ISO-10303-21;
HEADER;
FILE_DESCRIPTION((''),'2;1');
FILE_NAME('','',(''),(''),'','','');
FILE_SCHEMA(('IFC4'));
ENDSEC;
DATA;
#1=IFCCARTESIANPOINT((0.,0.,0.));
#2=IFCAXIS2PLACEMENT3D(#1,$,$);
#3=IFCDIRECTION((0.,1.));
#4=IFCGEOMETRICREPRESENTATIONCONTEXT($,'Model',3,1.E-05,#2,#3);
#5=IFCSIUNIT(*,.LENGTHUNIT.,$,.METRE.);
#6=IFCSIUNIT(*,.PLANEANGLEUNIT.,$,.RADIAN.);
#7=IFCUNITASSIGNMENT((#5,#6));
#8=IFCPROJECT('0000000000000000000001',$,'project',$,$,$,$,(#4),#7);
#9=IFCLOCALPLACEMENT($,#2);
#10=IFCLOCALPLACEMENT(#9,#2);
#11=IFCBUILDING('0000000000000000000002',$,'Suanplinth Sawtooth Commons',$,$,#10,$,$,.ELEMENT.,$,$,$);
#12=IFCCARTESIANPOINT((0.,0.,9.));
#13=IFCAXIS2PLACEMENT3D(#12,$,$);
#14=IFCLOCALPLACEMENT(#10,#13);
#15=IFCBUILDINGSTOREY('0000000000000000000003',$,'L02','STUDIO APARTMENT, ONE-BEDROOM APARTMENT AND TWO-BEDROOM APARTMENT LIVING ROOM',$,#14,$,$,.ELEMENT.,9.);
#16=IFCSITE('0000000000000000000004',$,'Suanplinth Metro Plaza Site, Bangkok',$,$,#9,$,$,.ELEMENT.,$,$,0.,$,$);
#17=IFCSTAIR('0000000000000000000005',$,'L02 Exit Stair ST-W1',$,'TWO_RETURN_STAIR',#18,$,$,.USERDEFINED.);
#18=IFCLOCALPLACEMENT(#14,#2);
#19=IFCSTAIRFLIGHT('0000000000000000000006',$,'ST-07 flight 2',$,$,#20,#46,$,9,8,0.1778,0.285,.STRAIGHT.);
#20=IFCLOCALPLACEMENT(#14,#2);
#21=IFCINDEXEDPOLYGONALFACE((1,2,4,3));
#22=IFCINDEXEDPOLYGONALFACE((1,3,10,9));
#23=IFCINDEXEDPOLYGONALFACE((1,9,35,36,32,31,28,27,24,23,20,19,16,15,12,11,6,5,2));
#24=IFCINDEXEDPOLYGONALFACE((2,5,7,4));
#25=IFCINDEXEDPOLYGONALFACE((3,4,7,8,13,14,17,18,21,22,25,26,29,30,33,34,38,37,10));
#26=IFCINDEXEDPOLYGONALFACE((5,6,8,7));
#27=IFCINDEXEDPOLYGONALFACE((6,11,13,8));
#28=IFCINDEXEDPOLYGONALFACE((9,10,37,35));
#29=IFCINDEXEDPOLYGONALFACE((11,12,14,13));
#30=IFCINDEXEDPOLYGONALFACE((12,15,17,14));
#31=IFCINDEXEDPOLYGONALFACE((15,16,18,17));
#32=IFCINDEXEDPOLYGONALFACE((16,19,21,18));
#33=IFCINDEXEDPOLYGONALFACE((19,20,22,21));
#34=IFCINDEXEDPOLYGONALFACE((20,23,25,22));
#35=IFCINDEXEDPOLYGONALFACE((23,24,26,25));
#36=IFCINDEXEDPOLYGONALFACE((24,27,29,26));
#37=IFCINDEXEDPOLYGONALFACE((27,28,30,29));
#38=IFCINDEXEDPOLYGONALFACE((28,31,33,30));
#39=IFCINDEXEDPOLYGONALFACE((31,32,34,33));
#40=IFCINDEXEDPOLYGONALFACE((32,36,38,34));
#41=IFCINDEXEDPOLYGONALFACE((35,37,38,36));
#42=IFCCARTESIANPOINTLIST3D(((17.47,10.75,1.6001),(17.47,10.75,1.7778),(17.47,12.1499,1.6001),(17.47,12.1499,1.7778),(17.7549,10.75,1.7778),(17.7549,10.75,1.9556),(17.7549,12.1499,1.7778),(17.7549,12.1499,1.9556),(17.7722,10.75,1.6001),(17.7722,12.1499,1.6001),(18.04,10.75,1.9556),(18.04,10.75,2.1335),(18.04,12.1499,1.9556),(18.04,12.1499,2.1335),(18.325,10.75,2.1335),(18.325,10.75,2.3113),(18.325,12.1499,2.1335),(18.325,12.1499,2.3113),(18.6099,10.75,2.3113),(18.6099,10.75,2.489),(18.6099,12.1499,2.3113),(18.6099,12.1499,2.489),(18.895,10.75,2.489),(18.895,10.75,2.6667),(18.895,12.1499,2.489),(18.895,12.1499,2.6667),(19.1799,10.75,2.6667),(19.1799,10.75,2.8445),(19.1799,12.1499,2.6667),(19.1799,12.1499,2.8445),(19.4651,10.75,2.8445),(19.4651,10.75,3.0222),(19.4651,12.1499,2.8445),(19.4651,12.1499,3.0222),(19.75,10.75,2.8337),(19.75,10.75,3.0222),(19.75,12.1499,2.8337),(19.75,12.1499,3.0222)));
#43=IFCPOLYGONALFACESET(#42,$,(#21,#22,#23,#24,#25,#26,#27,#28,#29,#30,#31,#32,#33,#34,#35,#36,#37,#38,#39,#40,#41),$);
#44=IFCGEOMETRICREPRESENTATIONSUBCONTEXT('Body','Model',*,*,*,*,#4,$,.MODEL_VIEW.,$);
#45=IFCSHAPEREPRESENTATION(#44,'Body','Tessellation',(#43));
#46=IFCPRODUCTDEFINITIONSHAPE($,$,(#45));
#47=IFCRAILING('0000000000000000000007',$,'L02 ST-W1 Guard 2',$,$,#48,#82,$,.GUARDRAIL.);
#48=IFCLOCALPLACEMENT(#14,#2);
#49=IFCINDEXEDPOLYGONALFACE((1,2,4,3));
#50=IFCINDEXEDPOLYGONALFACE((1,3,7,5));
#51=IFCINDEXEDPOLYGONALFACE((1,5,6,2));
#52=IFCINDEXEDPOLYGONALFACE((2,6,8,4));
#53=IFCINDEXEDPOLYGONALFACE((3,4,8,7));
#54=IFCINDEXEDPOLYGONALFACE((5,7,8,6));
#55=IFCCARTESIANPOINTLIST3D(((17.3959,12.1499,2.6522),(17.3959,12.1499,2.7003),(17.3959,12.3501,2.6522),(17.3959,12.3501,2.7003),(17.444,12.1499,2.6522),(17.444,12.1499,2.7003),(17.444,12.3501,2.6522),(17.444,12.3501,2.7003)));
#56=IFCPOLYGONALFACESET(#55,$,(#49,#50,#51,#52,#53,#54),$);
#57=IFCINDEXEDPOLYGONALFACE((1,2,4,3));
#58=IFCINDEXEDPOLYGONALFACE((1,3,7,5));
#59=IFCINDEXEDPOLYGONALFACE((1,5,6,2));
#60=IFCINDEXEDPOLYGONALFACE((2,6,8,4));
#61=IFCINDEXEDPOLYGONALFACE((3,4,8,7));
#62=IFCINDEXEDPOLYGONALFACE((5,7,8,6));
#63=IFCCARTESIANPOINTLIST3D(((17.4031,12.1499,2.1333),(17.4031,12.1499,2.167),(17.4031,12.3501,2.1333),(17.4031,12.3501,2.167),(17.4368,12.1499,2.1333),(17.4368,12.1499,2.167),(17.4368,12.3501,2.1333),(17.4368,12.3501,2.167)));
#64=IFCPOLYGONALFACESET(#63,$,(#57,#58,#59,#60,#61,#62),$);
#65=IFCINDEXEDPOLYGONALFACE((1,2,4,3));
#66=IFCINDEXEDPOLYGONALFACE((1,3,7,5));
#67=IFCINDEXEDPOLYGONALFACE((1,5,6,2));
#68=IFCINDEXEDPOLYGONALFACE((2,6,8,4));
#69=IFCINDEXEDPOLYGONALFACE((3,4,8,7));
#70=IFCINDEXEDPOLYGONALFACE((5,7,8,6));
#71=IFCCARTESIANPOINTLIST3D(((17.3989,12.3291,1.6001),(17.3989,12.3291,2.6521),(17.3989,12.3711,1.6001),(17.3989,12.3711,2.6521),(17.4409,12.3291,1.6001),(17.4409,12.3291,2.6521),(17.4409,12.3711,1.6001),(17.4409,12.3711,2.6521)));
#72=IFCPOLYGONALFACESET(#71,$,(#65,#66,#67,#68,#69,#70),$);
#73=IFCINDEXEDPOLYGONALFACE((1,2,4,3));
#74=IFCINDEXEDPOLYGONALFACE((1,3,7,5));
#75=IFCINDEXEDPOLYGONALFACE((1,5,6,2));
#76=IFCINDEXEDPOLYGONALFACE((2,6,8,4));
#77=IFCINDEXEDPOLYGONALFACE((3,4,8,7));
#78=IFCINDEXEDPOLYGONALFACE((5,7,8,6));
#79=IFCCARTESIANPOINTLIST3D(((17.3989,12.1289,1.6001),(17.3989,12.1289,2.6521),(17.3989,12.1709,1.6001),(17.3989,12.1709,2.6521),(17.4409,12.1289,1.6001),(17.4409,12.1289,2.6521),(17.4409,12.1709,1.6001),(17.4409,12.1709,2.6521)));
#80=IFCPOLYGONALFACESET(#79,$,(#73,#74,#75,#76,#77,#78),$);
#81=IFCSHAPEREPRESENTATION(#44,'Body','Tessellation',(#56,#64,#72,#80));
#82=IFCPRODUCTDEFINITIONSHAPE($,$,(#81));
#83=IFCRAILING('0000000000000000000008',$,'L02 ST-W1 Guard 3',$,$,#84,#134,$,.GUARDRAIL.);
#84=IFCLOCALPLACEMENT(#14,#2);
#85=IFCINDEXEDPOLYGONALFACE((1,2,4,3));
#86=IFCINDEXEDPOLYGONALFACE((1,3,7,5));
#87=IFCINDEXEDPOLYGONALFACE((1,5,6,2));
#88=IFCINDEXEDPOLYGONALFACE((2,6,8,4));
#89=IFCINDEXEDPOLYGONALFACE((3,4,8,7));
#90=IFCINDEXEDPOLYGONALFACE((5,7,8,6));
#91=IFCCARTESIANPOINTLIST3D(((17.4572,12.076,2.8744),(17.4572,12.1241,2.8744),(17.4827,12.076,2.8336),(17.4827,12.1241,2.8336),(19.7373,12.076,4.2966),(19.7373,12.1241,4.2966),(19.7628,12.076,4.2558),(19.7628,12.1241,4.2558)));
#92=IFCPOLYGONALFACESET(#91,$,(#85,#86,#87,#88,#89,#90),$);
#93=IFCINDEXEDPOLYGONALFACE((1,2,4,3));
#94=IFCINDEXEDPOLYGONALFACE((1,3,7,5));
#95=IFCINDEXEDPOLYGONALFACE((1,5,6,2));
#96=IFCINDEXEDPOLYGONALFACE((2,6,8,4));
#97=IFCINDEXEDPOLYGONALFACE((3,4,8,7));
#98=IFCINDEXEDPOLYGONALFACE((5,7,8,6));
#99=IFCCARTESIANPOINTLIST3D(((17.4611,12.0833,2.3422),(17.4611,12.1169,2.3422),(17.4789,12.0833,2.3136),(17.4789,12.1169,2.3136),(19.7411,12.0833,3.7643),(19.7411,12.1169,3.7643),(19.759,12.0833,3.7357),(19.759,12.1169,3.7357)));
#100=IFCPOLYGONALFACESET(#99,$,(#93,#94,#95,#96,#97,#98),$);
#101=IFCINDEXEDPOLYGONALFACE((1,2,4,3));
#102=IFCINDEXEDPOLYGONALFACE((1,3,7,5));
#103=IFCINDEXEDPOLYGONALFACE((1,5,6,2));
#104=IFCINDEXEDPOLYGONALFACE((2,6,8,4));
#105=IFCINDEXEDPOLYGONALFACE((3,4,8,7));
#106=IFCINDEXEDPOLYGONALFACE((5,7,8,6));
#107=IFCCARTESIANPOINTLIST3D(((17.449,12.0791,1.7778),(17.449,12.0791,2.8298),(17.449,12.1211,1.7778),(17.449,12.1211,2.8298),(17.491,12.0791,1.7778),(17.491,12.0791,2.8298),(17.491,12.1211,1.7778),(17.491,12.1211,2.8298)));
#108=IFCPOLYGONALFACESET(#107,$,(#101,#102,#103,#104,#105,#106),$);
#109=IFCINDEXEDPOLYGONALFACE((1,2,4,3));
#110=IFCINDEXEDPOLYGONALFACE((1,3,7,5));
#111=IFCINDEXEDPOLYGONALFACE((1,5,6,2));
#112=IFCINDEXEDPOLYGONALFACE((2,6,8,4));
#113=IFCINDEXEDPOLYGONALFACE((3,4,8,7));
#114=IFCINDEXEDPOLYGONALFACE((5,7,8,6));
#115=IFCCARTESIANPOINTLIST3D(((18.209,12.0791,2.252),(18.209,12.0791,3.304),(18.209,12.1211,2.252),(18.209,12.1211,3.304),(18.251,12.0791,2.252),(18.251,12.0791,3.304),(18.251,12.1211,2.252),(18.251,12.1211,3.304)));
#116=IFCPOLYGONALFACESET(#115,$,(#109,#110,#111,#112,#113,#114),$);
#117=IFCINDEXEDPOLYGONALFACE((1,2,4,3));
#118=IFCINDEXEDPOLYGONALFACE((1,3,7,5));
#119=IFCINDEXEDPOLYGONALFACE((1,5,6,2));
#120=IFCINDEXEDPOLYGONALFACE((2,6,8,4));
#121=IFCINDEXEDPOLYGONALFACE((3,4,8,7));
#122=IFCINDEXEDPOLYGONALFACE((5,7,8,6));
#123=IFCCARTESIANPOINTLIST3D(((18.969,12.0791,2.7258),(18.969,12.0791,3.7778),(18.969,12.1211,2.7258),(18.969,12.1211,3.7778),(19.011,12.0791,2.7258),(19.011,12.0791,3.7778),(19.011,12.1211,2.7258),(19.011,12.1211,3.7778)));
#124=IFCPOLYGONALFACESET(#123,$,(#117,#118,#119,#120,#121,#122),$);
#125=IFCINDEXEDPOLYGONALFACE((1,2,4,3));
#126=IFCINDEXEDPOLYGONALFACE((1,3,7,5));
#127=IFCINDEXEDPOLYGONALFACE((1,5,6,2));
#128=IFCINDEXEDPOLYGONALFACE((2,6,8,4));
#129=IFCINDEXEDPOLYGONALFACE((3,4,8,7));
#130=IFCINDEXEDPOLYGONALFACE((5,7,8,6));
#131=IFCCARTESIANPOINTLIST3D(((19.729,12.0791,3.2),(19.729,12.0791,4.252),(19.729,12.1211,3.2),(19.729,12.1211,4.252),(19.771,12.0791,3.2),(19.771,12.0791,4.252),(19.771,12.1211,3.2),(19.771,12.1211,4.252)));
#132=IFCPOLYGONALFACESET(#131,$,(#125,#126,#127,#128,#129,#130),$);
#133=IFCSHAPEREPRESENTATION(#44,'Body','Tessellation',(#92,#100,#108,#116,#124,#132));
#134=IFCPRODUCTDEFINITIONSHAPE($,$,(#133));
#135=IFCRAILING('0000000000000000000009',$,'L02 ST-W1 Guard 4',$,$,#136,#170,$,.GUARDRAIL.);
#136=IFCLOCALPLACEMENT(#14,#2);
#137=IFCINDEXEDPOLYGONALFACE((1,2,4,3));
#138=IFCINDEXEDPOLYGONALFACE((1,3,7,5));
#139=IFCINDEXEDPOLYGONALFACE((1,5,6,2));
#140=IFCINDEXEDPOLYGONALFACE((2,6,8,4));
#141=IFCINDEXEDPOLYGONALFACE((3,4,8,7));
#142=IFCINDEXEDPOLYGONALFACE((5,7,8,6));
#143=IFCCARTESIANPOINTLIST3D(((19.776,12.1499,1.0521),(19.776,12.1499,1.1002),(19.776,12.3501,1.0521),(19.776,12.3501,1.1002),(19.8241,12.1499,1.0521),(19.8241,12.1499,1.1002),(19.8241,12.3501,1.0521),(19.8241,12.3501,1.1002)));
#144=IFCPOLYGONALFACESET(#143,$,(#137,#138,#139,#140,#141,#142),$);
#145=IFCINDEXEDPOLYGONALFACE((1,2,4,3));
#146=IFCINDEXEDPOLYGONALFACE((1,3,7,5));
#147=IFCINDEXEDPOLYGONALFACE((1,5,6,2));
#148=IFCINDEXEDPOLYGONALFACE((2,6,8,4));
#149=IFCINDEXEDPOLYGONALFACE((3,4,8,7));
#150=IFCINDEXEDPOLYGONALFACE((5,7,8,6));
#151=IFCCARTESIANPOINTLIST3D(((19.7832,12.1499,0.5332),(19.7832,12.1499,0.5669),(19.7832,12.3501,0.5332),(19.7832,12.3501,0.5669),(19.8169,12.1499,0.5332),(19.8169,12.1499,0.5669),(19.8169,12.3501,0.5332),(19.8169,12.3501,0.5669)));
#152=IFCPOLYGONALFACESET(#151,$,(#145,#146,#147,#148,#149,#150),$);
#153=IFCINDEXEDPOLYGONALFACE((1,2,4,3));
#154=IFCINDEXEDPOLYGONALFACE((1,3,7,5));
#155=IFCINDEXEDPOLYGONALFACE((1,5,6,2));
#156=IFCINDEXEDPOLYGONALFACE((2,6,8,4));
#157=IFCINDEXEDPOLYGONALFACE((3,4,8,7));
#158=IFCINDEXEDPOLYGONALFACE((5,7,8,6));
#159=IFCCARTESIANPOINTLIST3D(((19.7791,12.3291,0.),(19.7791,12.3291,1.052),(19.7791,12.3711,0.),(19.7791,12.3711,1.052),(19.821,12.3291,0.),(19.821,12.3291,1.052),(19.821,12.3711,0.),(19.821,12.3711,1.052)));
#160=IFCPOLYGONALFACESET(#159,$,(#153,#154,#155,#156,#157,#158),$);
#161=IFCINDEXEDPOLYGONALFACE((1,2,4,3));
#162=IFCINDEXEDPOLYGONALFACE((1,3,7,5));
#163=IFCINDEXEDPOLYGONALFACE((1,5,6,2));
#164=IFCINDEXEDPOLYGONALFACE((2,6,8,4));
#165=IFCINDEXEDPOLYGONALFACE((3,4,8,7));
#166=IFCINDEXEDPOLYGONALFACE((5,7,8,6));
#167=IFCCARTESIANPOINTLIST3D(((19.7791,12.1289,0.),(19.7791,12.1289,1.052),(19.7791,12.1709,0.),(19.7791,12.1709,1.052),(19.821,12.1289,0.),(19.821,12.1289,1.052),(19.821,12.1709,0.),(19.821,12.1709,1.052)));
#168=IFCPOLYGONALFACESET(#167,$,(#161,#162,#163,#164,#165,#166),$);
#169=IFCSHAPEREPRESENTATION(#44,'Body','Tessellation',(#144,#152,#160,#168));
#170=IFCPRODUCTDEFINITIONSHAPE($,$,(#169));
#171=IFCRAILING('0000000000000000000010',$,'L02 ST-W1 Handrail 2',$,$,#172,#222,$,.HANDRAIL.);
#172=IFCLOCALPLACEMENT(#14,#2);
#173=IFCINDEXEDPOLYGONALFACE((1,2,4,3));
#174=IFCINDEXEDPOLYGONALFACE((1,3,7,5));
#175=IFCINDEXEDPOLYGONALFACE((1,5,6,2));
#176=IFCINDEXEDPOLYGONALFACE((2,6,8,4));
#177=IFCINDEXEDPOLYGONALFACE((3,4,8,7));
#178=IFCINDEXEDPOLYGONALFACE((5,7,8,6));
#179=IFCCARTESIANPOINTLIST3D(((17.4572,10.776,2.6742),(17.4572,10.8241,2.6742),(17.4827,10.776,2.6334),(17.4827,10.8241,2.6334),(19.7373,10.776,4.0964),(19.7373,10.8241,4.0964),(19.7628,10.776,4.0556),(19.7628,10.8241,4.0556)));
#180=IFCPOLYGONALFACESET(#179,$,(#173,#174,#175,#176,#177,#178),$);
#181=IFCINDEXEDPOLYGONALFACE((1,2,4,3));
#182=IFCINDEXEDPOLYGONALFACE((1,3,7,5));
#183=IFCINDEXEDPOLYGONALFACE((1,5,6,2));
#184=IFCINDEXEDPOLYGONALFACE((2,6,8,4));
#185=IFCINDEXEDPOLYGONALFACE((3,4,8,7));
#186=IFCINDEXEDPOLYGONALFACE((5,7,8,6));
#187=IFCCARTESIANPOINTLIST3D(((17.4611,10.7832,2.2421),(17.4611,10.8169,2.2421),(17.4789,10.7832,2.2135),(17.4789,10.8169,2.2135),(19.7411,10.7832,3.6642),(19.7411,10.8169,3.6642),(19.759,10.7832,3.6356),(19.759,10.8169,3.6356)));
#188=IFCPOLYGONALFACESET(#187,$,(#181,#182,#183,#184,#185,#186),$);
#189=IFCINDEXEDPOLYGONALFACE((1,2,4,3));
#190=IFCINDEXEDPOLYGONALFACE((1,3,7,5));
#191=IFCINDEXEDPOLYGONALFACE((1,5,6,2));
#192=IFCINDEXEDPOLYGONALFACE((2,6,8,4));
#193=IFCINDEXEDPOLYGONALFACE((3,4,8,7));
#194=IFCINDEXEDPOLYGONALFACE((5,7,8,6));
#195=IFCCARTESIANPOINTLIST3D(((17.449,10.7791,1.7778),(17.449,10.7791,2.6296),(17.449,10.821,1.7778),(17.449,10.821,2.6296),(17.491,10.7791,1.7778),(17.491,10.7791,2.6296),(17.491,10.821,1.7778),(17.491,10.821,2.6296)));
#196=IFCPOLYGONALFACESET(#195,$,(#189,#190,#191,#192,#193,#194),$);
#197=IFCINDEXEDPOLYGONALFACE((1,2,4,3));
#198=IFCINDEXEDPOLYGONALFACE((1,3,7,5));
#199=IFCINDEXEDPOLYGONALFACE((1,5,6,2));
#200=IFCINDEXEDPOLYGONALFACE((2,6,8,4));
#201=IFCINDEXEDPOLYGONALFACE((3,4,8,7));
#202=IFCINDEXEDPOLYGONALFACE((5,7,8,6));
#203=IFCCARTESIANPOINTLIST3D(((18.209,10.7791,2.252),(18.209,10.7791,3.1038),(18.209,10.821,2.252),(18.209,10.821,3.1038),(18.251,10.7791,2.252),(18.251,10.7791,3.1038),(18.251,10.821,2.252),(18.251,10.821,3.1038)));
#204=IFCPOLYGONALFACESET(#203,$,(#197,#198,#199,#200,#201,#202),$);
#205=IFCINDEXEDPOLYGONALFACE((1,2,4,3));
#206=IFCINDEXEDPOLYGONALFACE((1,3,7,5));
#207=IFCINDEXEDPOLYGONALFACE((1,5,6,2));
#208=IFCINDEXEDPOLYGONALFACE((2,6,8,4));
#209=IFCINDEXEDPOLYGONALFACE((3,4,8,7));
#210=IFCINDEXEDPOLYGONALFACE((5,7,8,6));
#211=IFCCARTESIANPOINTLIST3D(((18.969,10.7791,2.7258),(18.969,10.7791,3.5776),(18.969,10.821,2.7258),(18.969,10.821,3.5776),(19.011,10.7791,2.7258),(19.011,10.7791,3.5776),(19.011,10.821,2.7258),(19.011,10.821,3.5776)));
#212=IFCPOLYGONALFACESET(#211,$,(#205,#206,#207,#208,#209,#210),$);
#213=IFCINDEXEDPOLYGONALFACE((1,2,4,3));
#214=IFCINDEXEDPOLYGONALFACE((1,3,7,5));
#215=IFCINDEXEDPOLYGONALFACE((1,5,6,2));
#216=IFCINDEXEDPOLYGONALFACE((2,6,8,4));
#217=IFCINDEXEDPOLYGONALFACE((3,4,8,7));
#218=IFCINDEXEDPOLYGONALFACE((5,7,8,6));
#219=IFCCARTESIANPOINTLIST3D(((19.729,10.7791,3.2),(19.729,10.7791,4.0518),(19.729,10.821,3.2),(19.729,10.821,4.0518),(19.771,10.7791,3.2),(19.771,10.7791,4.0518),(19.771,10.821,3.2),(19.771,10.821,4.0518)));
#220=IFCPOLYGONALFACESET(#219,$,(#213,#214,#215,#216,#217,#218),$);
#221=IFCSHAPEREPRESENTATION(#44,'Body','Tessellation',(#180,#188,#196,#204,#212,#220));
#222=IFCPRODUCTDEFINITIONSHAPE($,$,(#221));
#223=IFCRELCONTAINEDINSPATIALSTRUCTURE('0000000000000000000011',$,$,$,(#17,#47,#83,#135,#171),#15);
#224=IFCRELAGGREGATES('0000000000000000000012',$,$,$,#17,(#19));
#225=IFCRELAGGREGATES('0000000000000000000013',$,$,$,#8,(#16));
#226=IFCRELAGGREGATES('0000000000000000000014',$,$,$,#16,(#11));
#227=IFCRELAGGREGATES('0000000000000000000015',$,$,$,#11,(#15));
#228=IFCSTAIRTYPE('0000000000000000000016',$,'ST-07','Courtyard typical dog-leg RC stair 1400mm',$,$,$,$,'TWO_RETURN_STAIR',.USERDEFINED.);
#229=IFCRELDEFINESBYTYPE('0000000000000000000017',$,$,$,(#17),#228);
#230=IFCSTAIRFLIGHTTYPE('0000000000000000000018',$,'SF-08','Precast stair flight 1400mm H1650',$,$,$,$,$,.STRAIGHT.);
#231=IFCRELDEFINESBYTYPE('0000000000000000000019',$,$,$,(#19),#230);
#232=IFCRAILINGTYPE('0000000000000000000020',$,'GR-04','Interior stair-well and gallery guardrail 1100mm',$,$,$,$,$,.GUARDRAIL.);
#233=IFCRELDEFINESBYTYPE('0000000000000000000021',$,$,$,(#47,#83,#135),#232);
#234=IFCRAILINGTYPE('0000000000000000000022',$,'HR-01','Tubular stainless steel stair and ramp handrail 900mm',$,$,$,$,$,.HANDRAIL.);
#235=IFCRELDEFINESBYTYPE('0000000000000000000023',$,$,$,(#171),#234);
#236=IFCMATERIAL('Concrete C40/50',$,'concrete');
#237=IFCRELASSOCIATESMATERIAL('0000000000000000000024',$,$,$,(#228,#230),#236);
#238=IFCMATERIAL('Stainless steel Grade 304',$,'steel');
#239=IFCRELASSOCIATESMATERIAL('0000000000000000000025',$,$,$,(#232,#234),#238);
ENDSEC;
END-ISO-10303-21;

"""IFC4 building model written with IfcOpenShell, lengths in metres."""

from ifc_helpers import new_model, si_unit, direction, frame, origin, origin_2d, place, context, subcontext, project, spatial, polyline, rectangle, outline, extrude, material, type_object, element, aggregate, save


model = new_model("IFC4")

# Units and contexts
model_context = context("Model", 3, precision=1e-05, world=origin(), true_north=direction((0.0, 1.0)))
body_context = subcontext(model_context, "Body", "Model", "MODEL_VIEW")
ifc_project = project(units=[si_unit("LENGTHUNIT", "METRE"), si_unit("PLANEANGLEUNIT", "RADIAN")], contexts=[model_context])

# Site, building, storey
site_placement = place(None, origin())
site = spatial("IfcSite", under=ifc_project, at=site_placement, Name="Suanplinth Metro Plaza Site, Bangkok", CompositionType="ELEMENT", RefElevation=0.0)
building_placement = place(site_placement, origin())
building = spatial("IfcBuilding", under=site, at=building_placement, Name="Suanplinth Sawtooth Commons", CompositionType="ELEMENT")
storey_placement = place(building_placement, frame((0.0, 0.0, 9.0)))
storey = spatial("IfcBuildingStorey", under=building, at=storey_placement, Name="L02", Description="STUDIO APARTMENT, ONE-BEDROOM APARTMENT AND TWO-BEDROOM APARTMENT LIVING ROOM", CompositionType="ELEMENT", Elevation=9.0)

# Shared definitions
ifc_material_1 = material(Name="Concrete C40/50", Category="concrete")

# Shared definitions
ifc_material_2 = material(Name="Stainless steel Grade 304", Category="steel")

# Stair, stair flight
stair_type = type_object("IfcStairType", Name="ST-07", Description="Courtyard typical dog-leg RC stair 1400mm", ElementType="TWO_RETURN_STAIR", PredefinedType="USERDEFINED", material=ifc_material_1)
stair_placement = place(storey_placement, origin())
stair = element("IfcStair", 1, at=stair_placement, inside=storey, type_object=stair_type, Name="L02 Exit Stair ST-W1", ObjectType="TWO_RETURN_STAIR", PredefinedType="USERDEFINED")
stair_flight_type = type_object("IfcStairFlightType", Name="SF-08", Description="Precast stair flight 1400mm H1650", PredefinedType="STRAIGHT", material=ifc_material_1)
stair_flight_placement = place(storey_placement, frame((17.47, 11.45, 1.6001), z_axis=(0.0, 0.0, 1.0), x_axis=(1.0, 0.0, 0.0)))
stair_flight = element("IfcStairFlight", 2, at=stair_flight_placement, type_object=stair_flight_type, Name="ST-07 flight 2", NumberOfRisers=9, NumberOfTreads=8, PredefinedType="STRAIGHT", RiserHeight=0.1778, TreadLength=0.285, context=body_context, shape_type="SweptSolid", body=[
    extrude(outline(polyline([(0.0, 0.0), (0.0, 0.1777), (0.2849, 0.1777), (0.2849, 0.3555), (0.5701, 0.3555), (0.5701, 0.5334), (0.855, 0.5334), (0.855, 0.7112), (1.1399, 0.7112), (1.1399, 0.8889), (1.425, 0.8889), (1.425, 1.0667), (1.71, 1.0667), (1.71, 1.2444), (1.9951, 1.2444), (1.9951, 1.4221), (2.28, 1.4221), (2.28, 1.6001), (2.28, 1.2336), (0.3022, 0.0), (0.0, 0.0)])), frame((0.0, 0.7, 0.0), z_axis=(0.0, -1.0, 0.0), x_axis=(1.0, 0.0, 0.0)), (0.0, 0.0, 1.0), 1.3999),
])
aggregate(stair, [stair_flight])

# Railings
railing_type_1 = type_object("IfcRailingType", Name="GR-04", Description="Interior stair-well and gallery guardrail 1100mm", PredefinedType="GUARDRAIL", material=ifc_material_2)
railing_1_placement = place(storey_placement, frame((17.4199, 12.3501, 1.6001)))
element("IfcRailing", 3, at=railing_1_placement, inside=storey, type_object=railing_type_1, Name="L02 ST-W1 Guard 2", PredefinedType="GUARDRAIL", context=body_context, shape_type="SweptSolid", body=[
    extrude(rectangle(XDim=0.0481, YDim=0.0481, at=origin_2d()), frame((0.0, 0.0, 1.0762), z_axis=(0.0, -1.0, 0.0), x_axis=(1.0, 0.0, 0.0)), (0.0, 0.0, 1.0), 0.2002),
    extrude(rectangle(XDim=0.0337, YDim=0.0337, at=origin_2d()), frame((0.0, 0.0, 0.55), z_axis=(0.0, -1.0, 0.0), x_axis=(1.0, 0.0, 0.0)), (0.0, 0.0, 1.0), 0.2002),
    extrude(rectangle(XDim=0.042, YDim=0.042, at=origin_2d()), origin(), (0.0, 0.0, 1.0), 1.052),
    extrude(rectangle(XDim=0.042, YDim=0.042, at=origin_2d()), frame((0.0, -0.2002, 0.0)), (0.0, 0.0, 1.0), 1.052),
])
railing_2_placement = place(storey_placement, frame((17.47, 12.1001, 1.7778)))
element("IfcRailing", 4, at=railing_2_placement, inside=storey, type_object=railing_type_1, Name="L02 ST-W1 Guard 3", PredefinedType="GUARDRAIL", context=body_context, shape_type="SweptSolid", body=[
    extrude(rectangle(XDim=0.0481, YDim=0.0481, at=origin_2d()), frame((0.0, 0.0, 1.0762), z_axis=(0.848483, 0.0, 0.529223), x_axis=(0.0, 1.0, 0.0)), (0.0, 0.0, 1.0), 2.6873),
    extrude(rectangle(XDim=0.0337, YDim=0.0337, at=origin_2d()), frame((0.0, 0.0, 0.55), z_axis=(0.848483, 0.0, 0.529223), x_axis=(0.0, 1.0, 0.0)), (0.0, 0.0, 1.0), 2.6873),
    extrude(rectangle(XDim=0.042, YDim=0.042, at=origin_2d()), origin(), (0.0, 0.0, 1.0), 1.052),
    extrude(rectangle(XDim=0.042, YDim=0.042, at=origin_2d()), frame((0.76, 0.0, 0.4741)), (0.0, 0.0, 1.0), 1.052),
    extrude(rectangle(XDim=0.042, YDim=0.042, at=origin_2d()), frame((1.52, 0.0, 0.948)), (0.0, 0.0, 1.0), 1.052),
    extrude(rectangle(XDim=0.042, YDim=0.042, at=origin_2d()), frame((2.28, 0.0, 1.4221)), (0.0, 0.0, 1.0), 1.052),
])
railing_3_placement = place(storey_placement, frame((19.8, 12.3501, 0.0)))
element("IfcRailing", 5, at=railing_3_placement, inside=storey, type_object=railing_type_1, Name="L02 ST-W1 Guard 4", PredefinedType="GUARDRAIL", context=body_context, shape_type="SweptSolid", body=[
    extrude(rectangle(XDim=0.0481, YDim=0.0481, at=origin_2d()), frame((0.0, 0.0, 1.0762), z_axis=(0.0, -1.0, 0.0), x_axis=(1.0, 0.0, 0.0)), (0.0, 0.0, 1.0), 0.2002),
    extrude(rectangle(XDim=0.0337, YDim=0.0337, at=origin_2d()), frame((0.0, 0.0, 0.55), z_axis=(0.0, -1.0, 0.0), x_axis=(1.0, 0.0, 0.0)), (0.0, 0.0, 1.0), 0.2002),
    extrude(rectangle(XDim=0.042, YDim=0.042, at=origin_2d()), origin(), (0.0, 0.0, 1.0), 1.052),
    extrude(rectangle(XDim=0.042, YDim=0.042, at=origin_2d()), frame((0.0, -0.2002, 0.0)), (0.0, 0.0, 1.0), 1.052),
])
railing_type_2 = type_object("IfcRailingType", Name="HR-01", Description="Tubular stainless steel stair and ramp handrail 900mm", PredefinedType="HANDRAIL", material=ifc_material_2)
railing_4_placement = place(storey_placement, frame((17.47, 10.8, 1.7778)))
element("IfcRailing", 6, at=railing_4_placement, inside=storey, type_object=railing_type_2, Name="L02 ST-W1 Handrail 2", PredefinedType="HANDRAIL", context=body_context, shape_type="SweptSolid", body=[
    extrude(rectangle(XDim=0.0481, YDim=0.0481, at=origin_2d()), frame((0.0, 0.0, 0.876), z_axis=(0.848483, 0.0, 0.529223), x_axis=(0.0, 1.0, 0.0)), (0.0, 0.0, 1.0), 2.6873),
    extrude(rectangle(XDim=0.0337, YDim=0.0337, at=origin_2d()), frame((0.0, 0.0, 0.45), z_axis=(0.848483, 0.0, 0.529223), x_axis=(0.0, 1.0, 0.0)), (0.0, 0.0, 1.0), 2.6873),
    extrude(rectangle(XDim=0.042, YDim=0.042, at=origin_2d()), origin(), (0.0, 0.0, 1.0), 0.8518),
    extrude(rectangle(XDim=0.042, YDim=0.042, at=origin_2d()), frame((0.76, 0.0, 0.4741)), (0.0, 0.0, 1.0), 0.8518),
    extrude(rectangle(XDim=0.042, YDim=0.042, at=origin_2d()), frame((1.52, 0.0, 0.948)), (0.0, 0.0, 1.0), 0.8518),
    extrude(rectangle(XDim=0.042, YDim=0.042, at=origin_2d()), frame((2.28, 0.0, 1.4221)), (0.0, 0.0, 1.0), 0.8518),
])

save(model, "model.ifc")
